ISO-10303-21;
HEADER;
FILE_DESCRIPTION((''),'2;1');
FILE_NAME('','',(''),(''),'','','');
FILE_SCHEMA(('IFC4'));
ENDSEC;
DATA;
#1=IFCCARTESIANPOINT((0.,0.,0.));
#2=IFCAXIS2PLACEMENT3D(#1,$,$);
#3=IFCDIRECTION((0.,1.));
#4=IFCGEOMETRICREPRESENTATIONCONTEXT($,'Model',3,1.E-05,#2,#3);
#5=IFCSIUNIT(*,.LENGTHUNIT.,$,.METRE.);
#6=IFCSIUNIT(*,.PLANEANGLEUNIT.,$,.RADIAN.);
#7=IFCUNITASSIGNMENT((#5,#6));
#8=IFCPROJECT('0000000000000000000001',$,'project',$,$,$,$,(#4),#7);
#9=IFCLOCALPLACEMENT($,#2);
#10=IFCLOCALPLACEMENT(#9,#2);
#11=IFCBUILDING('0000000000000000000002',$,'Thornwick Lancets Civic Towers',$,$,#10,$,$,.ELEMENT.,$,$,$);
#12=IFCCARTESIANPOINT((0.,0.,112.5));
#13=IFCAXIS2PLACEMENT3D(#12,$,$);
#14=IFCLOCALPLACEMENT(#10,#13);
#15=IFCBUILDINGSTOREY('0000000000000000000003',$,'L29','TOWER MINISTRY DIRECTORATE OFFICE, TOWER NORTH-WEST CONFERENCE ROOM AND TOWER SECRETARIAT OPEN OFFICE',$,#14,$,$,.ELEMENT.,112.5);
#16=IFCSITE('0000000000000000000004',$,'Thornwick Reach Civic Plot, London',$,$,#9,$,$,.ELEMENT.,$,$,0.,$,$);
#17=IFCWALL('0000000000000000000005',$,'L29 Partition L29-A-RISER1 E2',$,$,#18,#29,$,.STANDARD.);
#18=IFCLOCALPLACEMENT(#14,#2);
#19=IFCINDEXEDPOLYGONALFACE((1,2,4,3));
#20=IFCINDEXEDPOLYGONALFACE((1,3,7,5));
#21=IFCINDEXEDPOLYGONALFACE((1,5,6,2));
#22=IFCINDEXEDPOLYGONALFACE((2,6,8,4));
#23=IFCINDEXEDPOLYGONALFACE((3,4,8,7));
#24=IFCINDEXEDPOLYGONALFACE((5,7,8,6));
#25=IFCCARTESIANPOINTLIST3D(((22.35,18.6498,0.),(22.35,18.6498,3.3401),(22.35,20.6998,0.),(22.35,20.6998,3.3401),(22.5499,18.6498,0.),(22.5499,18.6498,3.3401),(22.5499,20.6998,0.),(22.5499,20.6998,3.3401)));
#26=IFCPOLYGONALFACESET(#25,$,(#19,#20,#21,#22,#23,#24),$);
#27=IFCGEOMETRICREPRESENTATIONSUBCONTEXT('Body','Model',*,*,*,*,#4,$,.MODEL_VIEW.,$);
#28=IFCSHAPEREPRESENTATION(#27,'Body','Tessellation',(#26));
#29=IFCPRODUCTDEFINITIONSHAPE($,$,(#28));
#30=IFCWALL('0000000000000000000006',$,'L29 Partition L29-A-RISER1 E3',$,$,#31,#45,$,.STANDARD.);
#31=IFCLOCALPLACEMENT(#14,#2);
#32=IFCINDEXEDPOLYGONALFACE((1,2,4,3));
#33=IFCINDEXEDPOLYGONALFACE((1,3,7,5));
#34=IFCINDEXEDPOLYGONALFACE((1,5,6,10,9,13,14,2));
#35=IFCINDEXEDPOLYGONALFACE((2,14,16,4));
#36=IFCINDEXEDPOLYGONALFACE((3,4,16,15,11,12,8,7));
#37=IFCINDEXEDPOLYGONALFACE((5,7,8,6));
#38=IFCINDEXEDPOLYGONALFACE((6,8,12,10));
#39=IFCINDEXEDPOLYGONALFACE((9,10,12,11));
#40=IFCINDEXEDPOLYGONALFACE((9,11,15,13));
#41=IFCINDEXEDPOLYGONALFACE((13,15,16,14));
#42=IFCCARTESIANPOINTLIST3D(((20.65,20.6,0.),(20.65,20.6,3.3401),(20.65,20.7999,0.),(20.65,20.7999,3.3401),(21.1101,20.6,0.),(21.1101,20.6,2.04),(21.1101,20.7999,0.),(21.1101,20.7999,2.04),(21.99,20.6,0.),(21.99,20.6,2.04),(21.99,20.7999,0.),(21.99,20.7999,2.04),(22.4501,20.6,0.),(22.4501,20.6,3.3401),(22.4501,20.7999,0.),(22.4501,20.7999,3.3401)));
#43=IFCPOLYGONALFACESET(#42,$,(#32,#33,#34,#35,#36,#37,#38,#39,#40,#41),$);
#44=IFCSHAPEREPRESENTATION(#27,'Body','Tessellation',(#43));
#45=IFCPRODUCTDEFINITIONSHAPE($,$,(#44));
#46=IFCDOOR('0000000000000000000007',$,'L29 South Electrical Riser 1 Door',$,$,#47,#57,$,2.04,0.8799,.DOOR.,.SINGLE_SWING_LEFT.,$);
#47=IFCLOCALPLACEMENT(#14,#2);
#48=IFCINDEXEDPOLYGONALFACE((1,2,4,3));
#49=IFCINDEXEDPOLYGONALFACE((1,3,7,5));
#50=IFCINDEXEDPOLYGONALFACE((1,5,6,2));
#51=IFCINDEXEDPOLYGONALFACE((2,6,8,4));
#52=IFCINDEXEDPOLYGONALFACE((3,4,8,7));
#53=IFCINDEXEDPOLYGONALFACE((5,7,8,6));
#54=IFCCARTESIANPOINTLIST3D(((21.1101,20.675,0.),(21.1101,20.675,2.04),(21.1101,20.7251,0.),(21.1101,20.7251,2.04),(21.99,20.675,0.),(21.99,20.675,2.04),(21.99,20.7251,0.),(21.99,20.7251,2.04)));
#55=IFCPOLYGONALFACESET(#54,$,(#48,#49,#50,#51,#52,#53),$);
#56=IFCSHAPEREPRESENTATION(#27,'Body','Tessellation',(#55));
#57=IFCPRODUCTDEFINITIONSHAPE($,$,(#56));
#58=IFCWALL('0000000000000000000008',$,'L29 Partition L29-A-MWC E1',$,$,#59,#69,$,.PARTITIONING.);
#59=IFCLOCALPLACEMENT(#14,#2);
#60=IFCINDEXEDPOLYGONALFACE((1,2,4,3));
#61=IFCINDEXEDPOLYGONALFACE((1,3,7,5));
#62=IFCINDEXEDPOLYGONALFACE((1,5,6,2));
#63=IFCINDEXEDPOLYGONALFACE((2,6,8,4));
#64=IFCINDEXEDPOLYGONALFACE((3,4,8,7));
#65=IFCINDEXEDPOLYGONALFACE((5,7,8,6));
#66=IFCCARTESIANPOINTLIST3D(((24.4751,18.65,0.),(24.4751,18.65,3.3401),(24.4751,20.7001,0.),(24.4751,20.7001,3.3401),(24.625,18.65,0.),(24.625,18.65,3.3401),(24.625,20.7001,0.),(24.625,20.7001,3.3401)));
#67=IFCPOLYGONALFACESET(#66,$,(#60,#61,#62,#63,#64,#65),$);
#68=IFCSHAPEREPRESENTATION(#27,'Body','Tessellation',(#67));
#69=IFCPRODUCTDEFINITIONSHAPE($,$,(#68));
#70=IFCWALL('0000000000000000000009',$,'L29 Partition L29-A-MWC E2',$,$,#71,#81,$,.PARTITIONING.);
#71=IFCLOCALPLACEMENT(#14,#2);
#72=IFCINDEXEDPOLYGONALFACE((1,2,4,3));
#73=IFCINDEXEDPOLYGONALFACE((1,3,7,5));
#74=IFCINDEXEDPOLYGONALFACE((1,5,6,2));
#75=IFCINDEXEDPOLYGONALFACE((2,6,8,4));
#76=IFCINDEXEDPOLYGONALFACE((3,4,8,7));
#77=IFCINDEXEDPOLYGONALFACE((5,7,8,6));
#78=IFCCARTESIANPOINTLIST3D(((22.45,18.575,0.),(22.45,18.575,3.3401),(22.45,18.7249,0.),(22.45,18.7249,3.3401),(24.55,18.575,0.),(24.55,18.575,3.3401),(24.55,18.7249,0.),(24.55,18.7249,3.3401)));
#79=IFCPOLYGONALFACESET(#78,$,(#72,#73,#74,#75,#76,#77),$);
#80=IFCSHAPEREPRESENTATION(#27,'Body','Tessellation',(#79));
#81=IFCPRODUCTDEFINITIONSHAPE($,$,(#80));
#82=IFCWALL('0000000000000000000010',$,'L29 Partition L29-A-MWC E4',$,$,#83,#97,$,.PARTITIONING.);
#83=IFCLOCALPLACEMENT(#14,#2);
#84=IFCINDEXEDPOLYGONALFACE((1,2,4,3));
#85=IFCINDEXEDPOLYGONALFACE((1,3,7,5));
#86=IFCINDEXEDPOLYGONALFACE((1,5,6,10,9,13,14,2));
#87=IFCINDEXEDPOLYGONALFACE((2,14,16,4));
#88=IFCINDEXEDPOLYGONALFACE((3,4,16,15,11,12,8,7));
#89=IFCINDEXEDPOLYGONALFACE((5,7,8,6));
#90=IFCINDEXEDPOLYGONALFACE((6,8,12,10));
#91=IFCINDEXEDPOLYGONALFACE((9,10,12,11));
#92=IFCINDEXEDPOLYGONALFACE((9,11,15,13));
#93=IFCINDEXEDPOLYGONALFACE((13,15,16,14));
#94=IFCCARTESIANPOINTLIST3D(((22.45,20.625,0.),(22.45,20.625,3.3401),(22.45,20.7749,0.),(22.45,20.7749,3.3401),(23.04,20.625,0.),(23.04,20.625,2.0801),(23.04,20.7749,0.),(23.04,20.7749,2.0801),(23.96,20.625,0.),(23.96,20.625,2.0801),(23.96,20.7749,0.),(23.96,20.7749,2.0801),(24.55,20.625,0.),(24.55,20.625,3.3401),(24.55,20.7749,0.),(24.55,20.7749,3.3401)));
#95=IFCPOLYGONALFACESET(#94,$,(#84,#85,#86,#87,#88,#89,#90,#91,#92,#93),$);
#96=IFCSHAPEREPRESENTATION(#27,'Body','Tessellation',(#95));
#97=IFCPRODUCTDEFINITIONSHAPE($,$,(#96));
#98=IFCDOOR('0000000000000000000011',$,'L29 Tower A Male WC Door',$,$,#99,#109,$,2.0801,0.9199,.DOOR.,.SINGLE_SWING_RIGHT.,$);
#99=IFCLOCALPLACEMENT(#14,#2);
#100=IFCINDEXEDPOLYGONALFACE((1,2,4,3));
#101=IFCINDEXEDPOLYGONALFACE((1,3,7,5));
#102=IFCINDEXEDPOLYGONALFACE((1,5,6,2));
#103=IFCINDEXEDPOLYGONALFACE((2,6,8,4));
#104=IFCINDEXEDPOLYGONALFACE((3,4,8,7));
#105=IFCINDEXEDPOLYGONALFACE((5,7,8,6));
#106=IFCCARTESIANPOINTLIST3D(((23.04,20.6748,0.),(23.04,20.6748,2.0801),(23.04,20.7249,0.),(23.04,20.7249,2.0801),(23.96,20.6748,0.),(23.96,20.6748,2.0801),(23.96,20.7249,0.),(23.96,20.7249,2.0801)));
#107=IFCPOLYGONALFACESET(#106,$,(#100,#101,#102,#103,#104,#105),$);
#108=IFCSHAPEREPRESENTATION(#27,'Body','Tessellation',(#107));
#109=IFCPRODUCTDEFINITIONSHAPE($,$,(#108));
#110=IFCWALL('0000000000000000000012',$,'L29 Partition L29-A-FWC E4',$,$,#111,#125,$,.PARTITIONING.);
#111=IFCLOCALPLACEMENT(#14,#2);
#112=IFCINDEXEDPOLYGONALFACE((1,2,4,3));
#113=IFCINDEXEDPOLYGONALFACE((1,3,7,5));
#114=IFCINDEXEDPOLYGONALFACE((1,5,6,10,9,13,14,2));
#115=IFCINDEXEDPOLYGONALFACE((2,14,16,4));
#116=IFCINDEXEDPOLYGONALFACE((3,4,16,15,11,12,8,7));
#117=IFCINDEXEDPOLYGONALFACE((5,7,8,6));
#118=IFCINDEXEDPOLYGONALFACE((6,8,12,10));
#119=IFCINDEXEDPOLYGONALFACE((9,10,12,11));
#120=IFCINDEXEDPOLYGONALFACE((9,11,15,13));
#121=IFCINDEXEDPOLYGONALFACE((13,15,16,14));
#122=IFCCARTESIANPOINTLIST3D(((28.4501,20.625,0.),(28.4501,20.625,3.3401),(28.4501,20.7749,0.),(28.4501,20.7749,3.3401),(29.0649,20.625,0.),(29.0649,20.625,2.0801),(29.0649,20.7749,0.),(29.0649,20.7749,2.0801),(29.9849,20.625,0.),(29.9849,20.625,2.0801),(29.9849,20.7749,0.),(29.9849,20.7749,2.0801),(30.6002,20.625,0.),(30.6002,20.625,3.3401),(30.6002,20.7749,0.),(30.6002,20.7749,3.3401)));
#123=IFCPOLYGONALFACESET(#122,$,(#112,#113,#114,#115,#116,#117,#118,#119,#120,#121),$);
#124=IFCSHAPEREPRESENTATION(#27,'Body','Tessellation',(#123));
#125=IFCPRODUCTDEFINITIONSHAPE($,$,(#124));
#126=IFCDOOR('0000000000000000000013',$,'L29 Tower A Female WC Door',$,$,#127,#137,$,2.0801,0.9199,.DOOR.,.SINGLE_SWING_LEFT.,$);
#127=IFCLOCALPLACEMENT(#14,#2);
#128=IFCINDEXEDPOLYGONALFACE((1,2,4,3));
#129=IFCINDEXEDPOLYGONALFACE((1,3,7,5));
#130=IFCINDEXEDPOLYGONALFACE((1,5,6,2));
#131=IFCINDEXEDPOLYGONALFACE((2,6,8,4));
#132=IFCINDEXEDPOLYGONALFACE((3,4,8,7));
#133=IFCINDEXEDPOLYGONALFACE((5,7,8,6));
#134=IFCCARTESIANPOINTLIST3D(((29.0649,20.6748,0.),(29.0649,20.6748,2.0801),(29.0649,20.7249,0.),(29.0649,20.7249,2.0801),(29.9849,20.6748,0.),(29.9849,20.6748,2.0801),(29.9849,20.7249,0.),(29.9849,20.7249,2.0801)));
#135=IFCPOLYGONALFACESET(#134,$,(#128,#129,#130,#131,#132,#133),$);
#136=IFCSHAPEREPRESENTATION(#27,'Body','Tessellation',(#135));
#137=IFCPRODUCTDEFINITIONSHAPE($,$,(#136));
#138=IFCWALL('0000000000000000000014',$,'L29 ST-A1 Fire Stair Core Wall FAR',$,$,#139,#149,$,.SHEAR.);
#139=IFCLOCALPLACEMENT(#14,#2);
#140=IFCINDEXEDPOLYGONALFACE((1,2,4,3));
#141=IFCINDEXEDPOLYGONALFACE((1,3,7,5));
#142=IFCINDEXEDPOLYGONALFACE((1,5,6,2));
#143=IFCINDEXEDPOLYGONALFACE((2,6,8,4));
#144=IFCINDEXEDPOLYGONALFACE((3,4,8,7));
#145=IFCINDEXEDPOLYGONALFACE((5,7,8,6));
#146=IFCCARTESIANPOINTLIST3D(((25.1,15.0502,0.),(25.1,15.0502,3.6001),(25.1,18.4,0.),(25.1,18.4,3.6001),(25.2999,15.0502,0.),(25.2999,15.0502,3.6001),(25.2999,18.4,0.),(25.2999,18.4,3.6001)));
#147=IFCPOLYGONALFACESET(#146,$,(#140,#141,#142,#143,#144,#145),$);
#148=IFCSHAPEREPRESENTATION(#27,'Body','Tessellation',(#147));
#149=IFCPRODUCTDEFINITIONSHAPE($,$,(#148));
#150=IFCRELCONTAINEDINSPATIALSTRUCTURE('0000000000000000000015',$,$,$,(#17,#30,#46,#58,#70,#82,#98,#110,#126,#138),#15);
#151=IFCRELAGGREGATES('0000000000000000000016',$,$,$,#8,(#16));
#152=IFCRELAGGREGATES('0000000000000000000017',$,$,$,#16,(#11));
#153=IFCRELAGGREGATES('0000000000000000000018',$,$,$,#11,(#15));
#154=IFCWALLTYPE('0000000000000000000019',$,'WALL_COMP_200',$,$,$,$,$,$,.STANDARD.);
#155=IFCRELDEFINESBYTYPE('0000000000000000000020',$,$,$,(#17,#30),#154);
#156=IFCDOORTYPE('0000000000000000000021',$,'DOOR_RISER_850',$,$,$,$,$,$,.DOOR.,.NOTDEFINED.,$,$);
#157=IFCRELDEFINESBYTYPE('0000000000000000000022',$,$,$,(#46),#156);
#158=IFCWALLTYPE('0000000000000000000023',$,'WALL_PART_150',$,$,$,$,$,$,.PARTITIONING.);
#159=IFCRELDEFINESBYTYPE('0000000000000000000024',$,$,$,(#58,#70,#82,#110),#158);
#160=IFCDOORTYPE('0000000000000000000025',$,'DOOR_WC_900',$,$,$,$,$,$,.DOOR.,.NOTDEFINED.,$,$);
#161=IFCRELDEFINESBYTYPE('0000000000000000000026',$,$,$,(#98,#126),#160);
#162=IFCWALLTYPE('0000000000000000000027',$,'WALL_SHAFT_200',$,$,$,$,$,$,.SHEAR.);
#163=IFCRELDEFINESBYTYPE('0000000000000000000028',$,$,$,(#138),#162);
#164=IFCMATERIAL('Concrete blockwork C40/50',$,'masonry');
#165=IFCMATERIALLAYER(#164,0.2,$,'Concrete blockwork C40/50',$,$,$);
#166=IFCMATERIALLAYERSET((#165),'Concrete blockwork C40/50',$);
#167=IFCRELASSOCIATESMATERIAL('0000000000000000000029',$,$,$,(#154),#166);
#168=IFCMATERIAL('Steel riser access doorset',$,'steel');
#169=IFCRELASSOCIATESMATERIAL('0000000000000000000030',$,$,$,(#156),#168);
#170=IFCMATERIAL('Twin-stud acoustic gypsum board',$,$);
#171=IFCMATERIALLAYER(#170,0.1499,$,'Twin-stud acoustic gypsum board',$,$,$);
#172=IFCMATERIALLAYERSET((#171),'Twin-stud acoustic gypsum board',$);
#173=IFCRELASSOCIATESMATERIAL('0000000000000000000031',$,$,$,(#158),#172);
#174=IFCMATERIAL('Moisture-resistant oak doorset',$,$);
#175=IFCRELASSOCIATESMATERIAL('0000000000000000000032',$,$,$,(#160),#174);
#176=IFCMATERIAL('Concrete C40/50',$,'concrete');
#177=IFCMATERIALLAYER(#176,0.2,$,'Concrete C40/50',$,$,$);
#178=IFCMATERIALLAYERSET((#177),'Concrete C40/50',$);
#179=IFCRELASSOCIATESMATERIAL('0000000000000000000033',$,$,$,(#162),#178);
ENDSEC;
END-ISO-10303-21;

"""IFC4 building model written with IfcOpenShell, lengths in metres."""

from ifc_helpers import new_model, si_unit, direction, frame, frame_2d, origin, place, context, subcontext, project, spatial, rectangle, extrude, material, layer, layer_set, type_object, element, fill, save


model = new_model("IFC4")

# Units and contexts
model_context = context("Model", 3, precision=1e-05, world=origin(), true_north=direction((0.0, 1.0)))
body_context = subcontext(model_context, "Body", "Model", "MODEL_VIEW")
ifc_project = project(units=[si_unit("LENGTHUNIT", "METRE"), si_unit("PLANEANGLEUNIT", "RADIAN")], contexts=[model_context])

# Site, building, storey
site_placement = place(None, origin())
site = spatial("IfcSite", under=ifc_project, at=site_placement, Name="Thornwick Reach Civic Plot, London", CompositionType="ELEMENT", RefElevation=0.0)
building_placement = place(site_placement, origin())
building = spatial("IfcBuilding", under=site, at=building_placement, Name="Thornwick Lancets Civic Towers", CompositionType="ELEMENT")
storey_placement = place(building_placement, frame((0.0, 0.0, 112.5)))
storey = spatial("IfcBuildingStorey", under=building, at=storey_placement, Name="L29", Description="TOWER MINISTRY DIRECTORATE OFFICE, TOWER NORTH-WEST CONFERENCE ROOM AND TOWER SECRETARIAT OPEN OFFICE", CompositionType="ELEMENT", Elevation=112.5)

# Shared definitions
ifc_material_1 = material(Name="Concrete blockwork C40/50", Category="masonry")
ifc_layer_1 = layer(ifc_material_1, 0.2, Name="Concrete blockwork C40/50")
ifc_layer_set_1 = layer_set([ifc_layer_1], Name="Concrete blockwork C40/50")
wall_type_1 = type_object("IfcWallType", Name="WALL_COMP_200", PredefinedType="STANDARD", material=ifc_layer_set_1)

# Shared definitions
ifc_material_2 = material(Name="Steel riser access doorset", Category="steel")
door_type_1 = type_object("IfcDoorType", Name="DOOR_RISER_850", OperationType="NOTDEFINED", PredefinedType="DOOR", material=ifc_material_2)

# Wall
for number, where, z_axis, x_axis, name in (
    (1, (22.45, 18.6499, 0.0), (0.0, 0.0, 1.0), (0.0, 1.0, 0.0), "L29 Partition L29-A-RISER1 E2"),
):
    element("IfcWall", number, at=place(storey_placement, frame(where, z_axis=z_axis, x_axis=x_axis)), inside=storey, type_object=wall_type_1, Name=name, PredefinedType="STANDARD", context=body_context, shape_type="SweptSolid", body=[
        extrude(rectangle(XDim=2.05, YDim=0.2, at=frame_2d((1.0249, 0.0))), origin(), (0.0, 0.0, 1.0), 3.3401),
    ])

# Wall, opening, door
wall_1_placement = place(storey_placement, frame((22.45, 20.7, 0.0), z_axis=(0.0, 0.0, 1.0), x_axis=(-1.0, 0.0, 0.0)))
wall_1 = element("IfcWall", 2, at=wall_1_placement, inside=storey, type_object=wall_type_1, Name="L29 Partition L29-A-RISER1 E3", PredefinedType="STANDARD", context=body_context, shape_type="SweptSolid", body=[
    extrude(rectangle(XDim=1.8, YDim=0.2, at=frame_2d((0.8999, 0.0))), origin(), (0.0, 0.0, 1.0), 3.3401),
])
opening_1_placement = place(wall_1_placement, frame((0.46, 0.0, 0.0)))
opening_1 = element("IfcOpeningElement", 3, at=opening_1_placement, cuts=wall_1, PredefinedType="OPENING", context=body_context, shape_type="SweptSolid", body=[
    extrude(rectangle(XDim=0.8799, YDim=2.04, at=frame_2d((0.4399, 1.02))), frame((0.0, 0.1099, 0.0), z_axis=(0.0, -1.0, 0.0), x_axis=(1.0, 0.0, 0.0)), (0.0, 0.0, 1.0), 0.22),
])
door_1_placement = place(opening_1_placement, origin())
door_1 = element("IfcDoor", 4, at=door_1_placement, inside=storey, type_object=door_type_1, Name="L29 South Electrical Riser 1 Door", OperationType="SINGLE_SWING_LEFT", OverallHeight=2.04, OverallWidth=0.8799, PredefinedType="DOOR", context=body_context, shape_type="SweptSolid", body=[
    extrude(rectangle(XDim=0.8799, YDim=2.04, at=frame_2d((0.4399, 1.02))), frame((0.0, 0.0249, 0.0), z_axis=(0.0, -1.0, 0.0), x_axis=(1.0, 0.0, 0.0)), (0.0, 0.0, 1.0), 0.05),
])
fill(opening_1, door_1)

# Walls
ifc_material_3 = material(Name="Twin-stud acoustic gypsum board")
ifc_layer_2 = layer(ifc_material_3, 0.1499, Name="Twin-stud acoustic gypsum board")
ifc_layer_set_2 = layer_set([ifc_layer_2], Name="Twin-stud acoustic gypsum board")
wall_type_2 = type_object("IfcWallType", Name="WALL_PART_150", PredefinedType="PARTITIONING", material=ifc_layer_set_2)
wall_2_placement = place(storey_placement, frame((24.55, 20.7, 0.0), z_axis=(0.0, 0.0, 1.0), x_axis=(0.0, -1.0, 0.0)))
element("IfcWall", 5, at=wall_2_placement, inside=storey, type_object=wall_type_2, Name="L29 Partition L29-A-MWC E1", PredefinedType="PARTITIONING", context=body_context, shape_type="SweptSolid", body=[
    extrude(rectangle(XDim=2.05, YDim=0.1499, at=frame_2d((1.0249, 0.0))), origin(), (0.0, 0.0, 1.0), 3.3401),
])
wall_3_placement = place(storey_placement, frame((24.55, 18.6499, 0.0), z_axis=(0.0, 0.0, 1.0), x_axis=(-1.0, 0.0, 0.0)))
element("IfcWall", 6, at=wall_3_placement, inside=storey, type_object=wall_type_2, Name="L29 Partition L29-A-MWC E2", PredefinedType="PARTITIONING", context=body_context, shape_type="SweptSolid", body=[
    extrude(rectangle(XDim=2.1001, YDim=0.1499, at=frame_2d((1.05, 0.0))), origin(), (0.0, 0.0, 1.0), 3.3401),
])

# Walls, openings, doors
wall_4_placement = place(storey_placement, frame((22.45, 20.7, 0.0), z_axis=(0.0, 0.0, 1.0), x_axis=(1.0, 0.0, 0.0)))
wall_4 = element("IfcWall", 7, at=wall_4_placement, inside=storey, type_object=wall_type_2, Name="L29 Partition L29-A-MWC E4", PredefinedType="PARTITIONING", context=body_context, shape_type="SweptSolid", body=[
    extrude(rectangle(XDim=2.1001, YDim=0.1499, at=frame_2d((1.05, 0.0))), origin(), (0.0, 0.0, 1.0), 3.3401),
])
opening_2_placement = place(wall_4_placement, frame((0.5901, 0.0, 0.0)))
opening_2 = element("IfcOpeningElement", 8, at=opening_2_placement, cuts=wall_4, PredefinedType="OPENING", context=body_context, shape_type="SweptSolid", body=[
    extrude(rectangle(XDim=0.9199, YDim=2.0801, at=frame_2d((0.46, 1.04))), frame((0.0, 0.085, 0.0), z_axis=(0.0, -1.0, 0.0), x_axis=(1.0, 0.0, 0.0)), (0.0, 0.0, 1.0), 0.1699),
])
ifc_material_4 = material(Name="Moisture-resistant oak doorset")
door_type_2 = type_object("IfcDoorType", Name="DOOR_WC_900", OperationType="NOTDEFINED", PredefinedType="DOOR", material=ifc_material_4)
door_2_placement = place(opening_2_placement, origin())
door_2 = element("IfcDoor", 9, at=door_2_placement, inside=storey, type_object=door_type_2, Name="L29 Tower A Male WC Door", OperationType="SINGLE_SWING_RIGHT", OverallHeight=2.0801, OverallWidth=0.9199, PredefinedType="DOOR", context=body_context, shape_type="SweptSolid", body=[
    extrude(rectangle(XDim=0.9199, YDim=2.0801, at=frame_2d((0.46, 1.04))), frame((0.0, 0.0249, 0.0), z_axis=(0.0, -1.0, 0.0), x_axis=(1.0, 0.0, 0.0)), (0.0, 0.0, 1.0), 0.05),
])
fill(opening_2, door_2)
wall_5_placement = place(storey_placement, frame((28.45, 20.7, 0.0), z_axis=(0.0, 0.0, 1.0), x_axis=(1.0, 0.0, 0.0)))
wall_5 = element("IfcWall", 10, at=wall_5_placement, inside=storey, type_object=wall_type_2, Name="L29 Partition L29-A-FWC E4", PredefinedType="PARTITIONING", context=body_context, shape_type="SweptSolid", body=[
    extrude(rectangle(XDim=2.1501, YDim=0.1499, at=frame_2d((1.0752, 0.0))), origin(), (0.0, 0.0, 1.0), 3.3401),
])
opening_3_placement = place(wall_5_placement, frame((0.615, 0.0, 0.0)))
opening_3 = element("IfcOpeningElement", 11, at=opening_3_placement, cuts=wall_5, PredefinedType="OPENING", context=body_context, shape_type="SweptSolid", body=[
    extrude(rectangle(XDim=0.9199, YDim=2.0801, at=frame_2d((0.46, 1.04))), frame((0.0, 0.085, 0.0), z_axis=(0.0, -1.0, 0.0), x_axis=(1.0, 0.0, 0.0)), (0.0, 0.0, 1.0), 0.1699),
])
door_3_placement = place(opening_3_placement, origin())
door_3 = element("IfcDoor", 12, at=door_3_placement, inside=storey, type_object=door_type_2, Name="L29 Tower A Female WC Door", OperationType="SINGLE_SWING_LEFT", OverallHeight=2.0801, OverallWidth=0.9199, PredefinedType="DOOR", context=body_context, shape_type="SweptSolid", body=[
    extrude(rectangle(XDim=0.9199, YDim=2.0801, at=frame_2d((0.46, 1.04))), frame((0.0, 0.0249, 0.0), z_axis=(0.0, -1.0, 0.0), x_axis=(1.0, 0.0, 0.0)), (0.0, 0.0, 1.0), 0.05),
])
fill(opening_3, door_3)

# Wall
ifc_material_5 = material(Name="Concrete C40/50", Category="concrete")
ifc_layer_3 = layer(ifc_material_5, 0.2, Name="Concrete C40/50")
ifc_layer_set_3 = layer_set([ifc_layer_3], Name="Concrete C40/50")
wall_type_3 = type_object("IfcWallType", Name="WALL_SHAFT_200", PredefinedType="SHEAR", material=ifc_layer_set_3)
wall_6_placement = place(storey_placement, frame((25.2, 18.3999, 0.0), z_axis=(0.0, 0.0, 1.0), x_axis=(0.0, -1.0, 0.0)))
element("IfcWall", 13, at=wall_6_placement, inside=storey, type_object=wall_type_3, Name="L29 ST-A1 Fire Stair Core Wall FAR", PredefinedType="SHEAR", context=body_context, shape_type="SweptSolid", body=[
    extrude(rectangle(XDim=3.3499, YDim=0.2, at=frame_2d((1.6748, 0.0))), origin(), (0.0, 0.0, 1.0), 3.6001),
])

save(model, "model.ifc")
